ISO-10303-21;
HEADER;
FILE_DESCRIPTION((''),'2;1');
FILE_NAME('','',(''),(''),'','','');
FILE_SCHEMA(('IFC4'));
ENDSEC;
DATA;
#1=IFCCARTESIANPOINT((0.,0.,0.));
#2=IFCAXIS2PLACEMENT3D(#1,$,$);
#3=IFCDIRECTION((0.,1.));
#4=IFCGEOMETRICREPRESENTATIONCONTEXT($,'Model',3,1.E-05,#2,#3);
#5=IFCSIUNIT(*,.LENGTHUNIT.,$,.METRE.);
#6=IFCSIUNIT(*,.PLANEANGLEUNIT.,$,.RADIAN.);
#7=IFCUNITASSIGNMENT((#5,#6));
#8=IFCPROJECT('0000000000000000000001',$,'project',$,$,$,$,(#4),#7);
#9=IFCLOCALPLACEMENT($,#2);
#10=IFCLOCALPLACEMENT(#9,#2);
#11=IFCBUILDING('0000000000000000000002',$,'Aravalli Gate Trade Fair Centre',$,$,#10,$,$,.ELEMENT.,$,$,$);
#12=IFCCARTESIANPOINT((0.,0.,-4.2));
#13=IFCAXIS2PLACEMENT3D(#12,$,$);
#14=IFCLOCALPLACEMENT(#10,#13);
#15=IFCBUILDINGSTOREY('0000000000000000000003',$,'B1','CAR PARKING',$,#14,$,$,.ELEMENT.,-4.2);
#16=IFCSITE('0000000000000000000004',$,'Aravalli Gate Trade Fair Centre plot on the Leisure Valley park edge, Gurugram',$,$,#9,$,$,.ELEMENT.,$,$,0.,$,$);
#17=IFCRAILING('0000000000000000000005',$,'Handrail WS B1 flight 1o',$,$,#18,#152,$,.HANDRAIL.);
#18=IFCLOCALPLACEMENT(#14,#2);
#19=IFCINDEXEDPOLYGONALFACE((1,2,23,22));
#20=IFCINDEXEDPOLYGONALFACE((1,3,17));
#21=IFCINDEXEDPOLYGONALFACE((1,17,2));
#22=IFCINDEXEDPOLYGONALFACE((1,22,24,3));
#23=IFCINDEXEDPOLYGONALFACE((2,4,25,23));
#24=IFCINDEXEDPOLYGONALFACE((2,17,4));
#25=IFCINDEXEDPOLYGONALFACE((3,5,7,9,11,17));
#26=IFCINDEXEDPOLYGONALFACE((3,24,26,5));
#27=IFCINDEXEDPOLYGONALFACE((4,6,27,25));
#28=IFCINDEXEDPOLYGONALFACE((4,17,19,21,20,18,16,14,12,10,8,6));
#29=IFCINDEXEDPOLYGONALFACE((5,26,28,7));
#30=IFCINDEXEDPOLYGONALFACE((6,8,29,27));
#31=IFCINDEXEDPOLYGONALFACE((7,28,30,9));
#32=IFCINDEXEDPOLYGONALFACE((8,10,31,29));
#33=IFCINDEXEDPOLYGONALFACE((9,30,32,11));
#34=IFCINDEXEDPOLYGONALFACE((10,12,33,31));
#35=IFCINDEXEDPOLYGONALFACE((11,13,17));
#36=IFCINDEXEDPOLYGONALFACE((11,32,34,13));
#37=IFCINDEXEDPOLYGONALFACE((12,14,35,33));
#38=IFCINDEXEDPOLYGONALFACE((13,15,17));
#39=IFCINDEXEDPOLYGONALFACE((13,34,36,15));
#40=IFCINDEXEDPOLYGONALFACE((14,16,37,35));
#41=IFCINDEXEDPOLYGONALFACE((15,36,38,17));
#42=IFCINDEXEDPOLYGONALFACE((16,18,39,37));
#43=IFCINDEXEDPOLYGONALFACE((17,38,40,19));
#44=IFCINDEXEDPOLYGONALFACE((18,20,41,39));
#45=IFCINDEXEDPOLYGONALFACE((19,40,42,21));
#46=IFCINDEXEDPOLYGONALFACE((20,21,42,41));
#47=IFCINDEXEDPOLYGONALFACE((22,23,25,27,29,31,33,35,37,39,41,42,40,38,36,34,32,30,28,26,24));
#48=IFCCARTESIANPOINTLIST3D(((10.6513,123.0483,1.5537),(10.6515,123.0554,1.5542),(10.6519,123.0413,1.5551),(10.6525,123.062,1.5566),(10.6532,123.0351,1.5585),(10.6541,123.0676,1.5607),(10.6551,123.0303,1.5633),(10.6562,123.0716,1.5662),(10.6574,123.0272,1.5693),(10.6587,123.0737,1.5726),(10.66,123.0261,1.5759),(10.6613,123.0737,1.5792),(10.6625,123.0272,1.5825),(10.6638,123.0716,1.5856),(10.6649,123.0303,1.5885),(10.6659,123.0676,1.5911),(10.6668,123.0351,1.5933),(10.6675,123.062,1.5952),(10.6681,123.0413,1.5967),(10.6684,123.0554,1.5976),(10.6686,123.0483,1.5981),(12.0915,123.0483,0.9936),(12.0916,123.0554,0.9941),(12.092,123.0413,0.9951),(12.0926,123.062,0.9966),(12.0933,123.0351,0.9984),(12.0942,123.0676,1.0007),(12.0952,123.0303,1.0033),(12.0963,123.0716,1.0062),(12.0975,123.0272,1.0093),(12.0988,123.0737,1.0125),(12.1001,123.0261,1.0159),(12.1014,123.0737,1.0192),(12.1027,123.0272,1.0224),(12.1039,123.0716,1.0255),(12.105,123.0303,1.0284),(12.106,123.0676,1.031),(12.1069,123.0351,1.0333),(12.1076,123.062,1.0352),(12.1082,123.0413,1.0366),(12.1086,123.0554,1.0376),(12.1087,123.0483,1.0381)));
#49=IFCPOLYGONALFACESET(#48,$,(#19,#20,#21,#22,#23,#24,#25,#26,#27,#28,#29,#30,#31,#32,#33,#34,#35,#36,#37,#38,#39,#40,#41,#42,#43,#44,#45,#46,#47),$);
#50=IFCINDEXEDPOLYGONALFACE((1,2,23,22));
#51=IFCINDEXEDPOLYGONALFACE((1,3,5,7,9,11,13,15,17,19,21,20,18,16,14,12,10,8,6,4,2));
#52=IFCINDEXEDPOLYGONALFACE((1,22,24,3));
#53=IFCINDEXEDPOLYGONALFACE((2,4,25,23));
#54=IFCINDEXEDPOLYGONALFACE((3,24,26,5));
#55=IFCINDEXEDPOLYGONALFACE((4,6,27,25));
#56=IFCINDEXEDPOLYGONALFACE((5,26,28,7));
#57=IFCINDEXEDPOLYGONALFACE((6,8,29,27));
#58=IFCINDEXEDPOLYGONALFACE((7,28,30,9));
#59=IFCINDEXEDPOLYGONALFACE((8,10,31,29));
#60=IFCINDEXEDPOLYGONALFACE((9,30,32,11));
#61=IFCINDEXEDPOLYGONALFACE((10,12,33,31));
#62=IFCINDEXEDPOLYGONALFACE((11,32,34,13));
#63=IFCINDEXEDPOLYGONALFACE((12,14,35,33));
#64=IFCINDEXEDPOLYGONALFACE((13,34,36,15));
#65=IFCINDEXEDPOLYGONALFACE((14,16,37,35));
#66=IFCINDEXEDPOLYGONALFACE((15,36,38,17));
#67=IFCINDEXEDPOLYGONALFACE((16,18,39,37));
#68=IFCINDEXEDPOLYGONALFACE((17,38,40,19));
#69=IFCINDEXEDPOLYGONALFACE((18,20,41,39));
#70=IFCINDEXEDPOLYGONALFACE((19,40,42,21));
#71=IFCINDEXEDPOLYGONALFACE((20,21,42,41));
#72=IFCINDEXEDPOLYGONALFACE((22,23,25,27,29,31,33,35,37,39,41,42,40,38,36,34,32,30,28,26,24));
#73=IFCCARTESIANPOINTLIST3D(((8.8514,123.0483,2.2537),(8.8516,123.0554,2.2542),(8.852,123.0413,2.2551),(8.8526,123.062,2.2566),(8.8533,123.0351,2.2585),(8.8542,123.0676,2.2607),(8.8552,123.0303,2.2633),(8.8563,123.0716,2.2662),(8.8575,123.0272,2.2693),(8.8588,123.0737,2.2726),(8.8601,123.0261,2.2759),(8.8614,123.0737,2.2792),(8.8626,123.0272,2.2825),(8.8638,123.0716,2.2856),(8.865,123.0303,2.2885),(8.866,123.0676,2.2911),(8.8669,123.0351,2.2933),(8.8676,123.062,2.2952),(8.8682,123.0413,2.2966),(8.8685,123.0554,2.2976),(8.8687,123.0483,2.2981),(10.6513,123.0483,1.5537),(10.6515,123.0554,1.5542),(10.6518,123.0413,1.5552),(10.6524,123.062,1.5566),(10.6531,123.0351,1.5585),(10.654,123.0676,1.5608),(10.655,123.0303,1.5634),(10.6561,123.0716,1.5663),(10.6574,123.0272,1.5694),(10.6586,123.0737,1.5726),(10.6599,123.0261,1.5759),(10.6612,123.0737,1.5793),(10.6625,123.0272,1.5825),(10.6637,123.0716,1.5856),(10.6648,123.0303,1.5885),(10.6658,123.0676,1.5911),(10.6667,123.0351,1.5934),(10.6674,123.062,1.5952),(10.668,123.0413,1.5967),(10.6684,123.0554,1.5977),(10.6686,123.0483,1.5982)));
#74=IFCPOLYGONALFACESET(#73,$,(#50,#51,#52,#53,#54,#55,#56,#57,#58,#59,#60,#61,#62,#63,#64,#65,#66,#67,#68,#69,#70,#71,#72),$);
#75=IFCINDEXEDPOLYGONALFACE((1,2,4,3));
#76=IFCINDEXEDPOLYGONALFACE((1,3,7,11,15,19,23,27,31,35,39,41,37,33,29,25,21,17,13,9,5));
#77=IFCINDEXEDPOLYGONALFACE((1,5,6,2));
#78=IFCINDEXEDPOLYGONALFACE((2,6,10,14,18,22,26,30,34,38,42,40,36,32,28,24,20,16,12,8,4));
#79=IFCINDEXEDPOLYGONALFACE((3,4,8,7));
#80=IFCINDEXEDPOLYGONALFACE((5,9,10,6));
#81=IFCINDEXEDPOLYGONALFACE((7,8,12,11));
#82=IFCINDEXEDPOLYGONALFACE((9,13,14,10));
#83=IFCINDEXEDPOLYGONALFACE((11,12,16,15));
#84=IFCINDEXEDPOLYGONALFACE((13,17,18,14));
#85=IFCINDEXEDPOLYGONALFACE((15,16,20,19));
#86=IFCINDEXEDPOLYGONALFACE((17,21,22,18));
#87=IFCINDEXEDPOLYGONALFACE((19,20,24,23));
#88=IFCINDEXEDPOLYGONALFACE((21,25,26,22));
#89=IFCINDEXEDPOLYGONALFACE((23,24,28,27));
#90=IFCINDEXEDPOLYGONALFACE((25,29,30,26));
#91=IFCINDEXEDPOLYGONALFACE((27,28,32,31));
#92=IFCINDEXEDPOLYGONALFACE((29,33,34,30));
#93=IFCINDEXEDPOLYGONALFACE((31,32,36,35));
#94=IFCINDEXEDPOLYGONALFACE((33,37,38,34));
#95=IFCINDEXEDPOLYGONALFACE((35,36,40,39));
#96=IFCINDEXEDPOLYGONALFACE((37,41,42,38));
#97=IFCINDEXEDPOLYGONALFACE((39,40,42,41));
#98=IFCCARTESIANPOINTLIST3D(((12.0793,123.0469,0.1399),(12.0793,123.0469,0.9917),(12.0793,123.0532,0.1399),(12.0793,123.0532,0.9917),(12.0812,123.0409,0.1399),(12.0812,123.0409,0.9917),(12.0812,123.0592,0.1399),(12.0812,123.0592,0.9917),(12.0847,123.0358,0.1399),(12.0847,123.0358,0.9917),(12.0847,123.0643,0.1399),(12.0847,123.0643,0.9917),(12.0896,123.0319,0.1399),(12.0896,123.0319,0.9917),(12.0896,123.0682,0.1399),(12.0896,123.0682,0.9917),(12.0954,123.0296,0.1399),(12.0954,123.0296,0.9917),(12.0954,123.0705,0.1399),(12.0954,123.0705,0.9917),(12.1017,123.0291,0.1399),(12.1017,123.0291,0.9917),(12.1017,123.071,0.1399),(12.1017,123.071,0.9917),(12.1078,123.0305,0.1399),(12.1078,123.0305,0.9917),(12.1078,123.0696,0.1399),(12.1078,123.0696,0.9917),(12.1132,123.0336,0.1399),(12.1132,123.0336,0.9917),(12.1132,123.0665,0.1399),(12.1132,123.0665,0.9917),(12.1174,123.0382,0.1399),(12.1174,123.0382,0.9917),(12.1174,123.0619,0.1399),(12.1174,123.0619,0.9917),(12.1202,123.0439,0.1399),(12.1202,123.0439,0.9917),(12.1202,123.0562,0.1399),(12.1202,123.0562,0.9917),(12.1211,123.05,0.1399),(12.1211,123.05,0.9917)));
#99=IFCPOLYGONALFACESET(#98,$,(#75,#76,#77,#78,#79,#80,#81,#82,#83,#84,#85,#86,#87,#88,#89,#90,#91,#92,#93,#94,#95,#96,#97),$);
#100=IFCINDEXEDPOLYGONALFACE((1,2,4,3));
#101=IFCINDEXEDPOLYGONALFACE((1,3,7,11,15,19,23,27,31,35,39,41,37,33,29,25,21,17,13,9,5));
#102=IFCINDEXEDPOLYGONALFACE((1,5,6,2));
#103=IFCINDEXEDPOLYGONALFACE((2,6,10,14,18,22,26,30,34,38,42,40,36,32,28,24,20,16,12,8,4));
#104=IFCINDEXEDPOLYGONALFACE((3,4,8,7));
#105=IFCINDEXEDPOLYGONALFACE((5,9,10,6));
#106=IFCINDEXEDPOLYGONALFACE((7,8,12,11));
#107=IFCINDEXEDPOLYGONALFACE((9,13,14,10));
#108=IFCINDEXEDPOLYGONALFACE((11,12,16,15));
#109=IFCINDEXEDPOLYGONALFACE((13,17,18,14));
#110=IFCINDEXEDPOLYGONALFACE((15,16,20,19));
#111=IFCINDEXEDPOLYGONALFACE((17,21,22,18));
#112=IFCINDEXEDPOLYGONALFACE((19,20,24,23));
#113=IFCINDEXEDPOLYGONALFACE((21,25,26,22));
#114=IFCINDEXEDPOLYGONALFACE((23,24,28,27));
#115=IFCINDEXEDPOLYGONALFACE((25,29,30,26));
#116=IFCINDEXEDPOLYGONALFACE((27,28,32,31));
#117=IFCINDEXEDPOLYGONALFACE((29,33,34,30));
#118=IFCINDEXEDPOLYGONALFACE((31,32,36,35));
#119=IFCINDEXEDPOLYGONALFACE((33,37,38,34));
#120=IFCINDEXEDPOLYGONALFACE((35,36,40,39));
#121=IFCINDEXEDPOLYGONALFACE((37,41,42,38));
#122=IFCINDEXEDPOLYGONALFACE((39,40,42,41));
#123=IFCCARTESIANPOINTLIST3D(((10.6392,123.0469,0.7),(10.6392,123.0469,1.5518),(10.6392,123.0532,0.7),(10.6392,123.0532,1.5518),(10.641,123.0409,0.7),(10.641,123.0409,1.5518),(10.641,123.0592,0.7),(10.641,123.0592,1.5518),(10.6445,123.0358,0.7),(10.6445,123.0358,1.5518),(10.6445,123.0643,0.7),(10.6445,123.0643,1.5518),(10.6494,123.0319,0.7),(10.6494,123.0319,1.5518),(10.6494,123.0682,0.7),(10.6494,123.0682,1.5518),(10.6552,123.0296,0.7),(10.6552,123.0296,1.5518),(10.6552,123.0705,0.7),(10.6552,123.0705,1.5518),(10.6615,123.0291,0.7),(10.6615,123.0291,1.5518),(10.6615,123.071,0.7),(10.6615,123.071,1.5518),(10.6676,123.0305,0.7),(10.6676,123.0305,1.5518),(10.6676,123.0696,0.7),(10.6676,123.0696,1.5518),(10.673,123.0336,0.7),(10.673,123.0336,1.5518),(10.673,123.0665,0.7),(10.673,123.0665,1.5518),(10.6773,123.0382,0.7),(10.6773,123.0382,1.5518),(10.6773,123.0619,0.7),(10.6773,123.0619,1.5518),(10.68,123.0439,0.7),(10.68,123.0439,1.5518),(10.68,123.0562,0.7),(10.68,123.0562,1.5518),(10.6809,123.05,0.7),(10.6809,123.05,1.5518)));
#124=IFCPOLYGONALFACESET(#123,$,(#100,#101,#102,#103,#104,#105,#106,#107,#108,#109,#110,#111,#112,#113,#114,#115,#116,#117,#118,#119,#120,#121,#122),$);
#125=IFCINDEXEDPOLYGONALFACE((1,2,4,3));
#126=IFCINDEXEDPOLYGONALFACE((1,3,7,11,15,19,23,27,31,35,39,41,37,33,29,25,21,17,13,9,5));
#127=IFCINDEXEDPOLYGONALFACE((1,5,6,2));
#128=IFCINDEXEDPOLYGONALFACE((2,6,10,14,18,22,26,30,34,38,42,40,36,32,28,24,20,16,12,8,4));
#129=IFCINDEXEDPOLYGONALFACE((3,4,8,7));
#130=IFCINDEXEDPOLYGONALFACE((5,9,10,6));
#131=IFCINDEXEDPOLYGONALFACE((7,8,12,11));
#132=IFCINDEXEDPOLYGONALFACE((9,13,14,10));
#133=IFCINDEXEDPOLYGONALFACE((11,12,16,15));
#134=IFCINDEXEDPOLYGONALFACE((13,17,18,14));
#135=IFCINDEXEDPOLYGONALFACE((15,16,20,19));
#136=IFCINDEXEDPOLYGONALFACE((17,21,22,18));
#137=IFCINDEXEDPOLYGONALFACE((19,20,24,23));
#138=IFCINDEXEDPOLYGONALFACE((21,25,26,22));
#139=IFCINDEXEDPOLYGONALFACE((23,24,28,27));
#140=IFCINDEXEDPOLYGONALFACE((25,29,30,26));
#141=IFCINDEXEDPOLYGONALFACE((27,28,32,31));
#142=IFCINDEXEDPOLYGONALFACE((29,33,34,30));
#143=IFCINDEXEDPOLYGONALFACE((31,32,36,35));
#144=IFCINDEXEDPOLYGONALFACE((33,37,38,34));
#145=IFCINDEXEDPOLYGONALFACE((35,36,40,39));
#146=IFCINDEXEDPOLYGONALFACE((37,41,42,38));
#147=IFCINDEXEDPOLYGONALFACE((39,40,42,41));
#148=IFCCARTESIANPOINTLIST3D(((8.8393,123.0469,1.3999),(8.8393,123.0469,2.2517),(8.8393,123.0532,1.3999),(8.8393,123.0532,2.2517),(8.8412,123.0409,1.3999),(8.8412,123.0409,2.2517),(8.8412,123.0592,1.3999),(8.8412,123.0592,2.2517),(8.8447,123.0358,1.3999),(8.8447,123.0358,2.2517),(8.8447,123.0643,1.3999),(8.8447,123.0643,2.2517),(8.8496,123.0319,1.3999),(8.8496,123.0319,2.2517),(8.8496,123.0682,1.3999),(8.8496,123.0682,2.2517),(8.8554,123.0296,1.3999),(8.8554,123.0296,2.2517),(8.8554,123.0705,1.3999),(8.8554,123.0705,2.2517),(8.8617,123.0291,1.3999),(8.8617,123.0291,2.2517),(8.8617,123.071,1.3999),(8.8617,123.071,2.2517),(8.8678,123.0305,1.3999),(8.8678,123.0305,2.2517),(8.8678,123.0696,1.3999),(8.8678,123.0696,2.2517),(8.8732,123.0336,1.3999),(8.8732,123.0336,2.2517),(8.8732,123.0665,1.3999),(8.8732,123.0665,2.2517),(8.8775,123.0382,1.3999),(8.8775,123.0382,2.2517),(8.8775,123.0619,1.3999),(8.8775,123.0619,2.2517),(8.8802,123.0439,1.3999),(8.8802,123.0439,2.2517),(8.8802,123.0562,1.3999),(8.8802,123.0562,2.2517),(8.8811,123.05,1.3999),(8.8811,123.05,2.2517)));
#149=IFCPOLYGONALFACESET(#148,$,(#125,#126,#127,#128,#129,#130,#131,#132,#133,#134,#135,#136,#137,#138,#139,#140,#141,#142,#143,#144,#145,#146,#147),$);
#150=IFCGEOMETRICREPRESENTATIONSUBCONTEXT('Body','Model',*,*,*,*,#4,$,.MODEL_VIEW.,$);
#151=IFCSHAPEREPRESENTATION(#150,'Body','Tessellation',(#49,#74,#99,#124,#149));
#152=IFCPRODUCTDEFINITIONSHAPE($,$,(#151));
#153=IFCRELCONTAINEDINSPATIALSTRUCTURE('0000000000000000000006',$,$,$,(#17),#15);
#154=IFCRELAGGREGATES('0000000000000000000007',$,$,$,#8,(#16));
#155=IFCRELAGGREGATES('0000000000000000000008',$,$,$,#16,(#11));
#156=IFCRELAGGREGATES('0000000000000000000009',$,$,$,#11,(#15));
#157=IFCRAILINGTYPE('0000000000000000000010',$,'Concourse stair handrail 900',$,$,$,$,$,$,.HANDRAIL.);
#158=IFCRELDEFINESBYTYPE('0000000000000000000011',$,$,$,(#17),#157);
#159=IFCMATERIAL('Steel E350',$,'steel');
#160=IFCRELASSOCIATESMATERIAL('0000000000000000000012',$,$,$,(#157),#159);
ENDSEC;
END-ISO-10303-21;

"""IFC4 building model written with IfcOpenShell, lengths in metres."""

from ifc_helpers import new_model, si_unit, direction, frame, origin, origin_2d, place, context, subcontext, project, spatial, circle, extrude, material, type_object, element, save


model = new_model("IFC4")

# Units and contexts
model_context = context("Model", 3, precision=1e-05, world=origin(), true_north=direction((0.0, 1.0)))
body_context = subcontext(model_context, "Body", "Model", "MODEL_VIEW")
ifc_project = project(units=[si_unit("LENGTHUNIT", "METRE"), si_unit("PLANEANGLEUNIT", "RADIAN")], contexts=[model_context])

# Site, building, storey
site_placement = place(None, origin())
site = spatial("IfcSite", under=ifc_project, at=site_placement, Name="Aravalli Gate Trade Fair Centre plot on the Leisure Valley park edge, Gurugram", CompositionType="ELEMENT", RefElevation=0.0)
building_placement = place(site_placement, origin())
building = spatial("IfcBuilding", under=site, at=building_placement, Name="Aravalli Gate Trade Fair Centre", CompositionType="ELEMENT")
storey_placement = place(building_placement, frame((0.0, 0.0, -4.2)))
storey = spatial("IfcBuildingStorey", under=building, at=storey_placement, Name="B1", Description="CAR PARKING", CompositionType="ELEMENT", Elevation=-4.2)

# Railing
ifc_material_1 = material(Name="Steel E350", Category="steel")
railing_type = type_object("IfcRailingType", Name="Concourse stair handrail 900", PredefinedType="HANDRAIL", material=ifc_material_1)
for number, where, name in (
    (1, (12.1001, 123.05, 0.1399), "Handrail WS B1 flight 1o"),
):
    element("IfcRailing", number, at=place(storey_placement, frame(where)), inside=storey, type_object=railing_type, Name=name, PredefinedType="HANDRAIL", context=body_context, shape_type="SweptSolid", body=[
        extrude(circle(Radius=0.0239, at=origin_2d()), frame((0.0, 0.0, 0.876), z_axis=(-0.932008, 0.0, 0.362439), x_axis=(0.0, -1.0, 0.0)), (0.0, 0.0, 1.0), 1.5452),
        extrude(circle(Radius=0.0239, at=origin_2d()), frame((-1.4402, 0.0, 1.436), z_axis=(-0.932, 0.0, 0.362458), x_axis=(0.0, -1.0, 0.0)), (0.0, 0.0, 1.0), 1.9312),
        extrude(circle(Radius=0.021, at=origin_2d()), origin(), (0.0, 0.0, 1.0), 0.8518),
        extrude(circle(Radius=0.021, at=origin_2d()), frame((-1.4402, 0.0, 0.5601)), (0.0, 0.0, 1.0), 0.8518),
        extrude(circle(Radius=0.021, at=origin_2d()), frame((-3.24, 0.0, 1.26)), (0.0, 0.0, 1.0), 0.8518),
    ])

save(model, "model.ifc")
